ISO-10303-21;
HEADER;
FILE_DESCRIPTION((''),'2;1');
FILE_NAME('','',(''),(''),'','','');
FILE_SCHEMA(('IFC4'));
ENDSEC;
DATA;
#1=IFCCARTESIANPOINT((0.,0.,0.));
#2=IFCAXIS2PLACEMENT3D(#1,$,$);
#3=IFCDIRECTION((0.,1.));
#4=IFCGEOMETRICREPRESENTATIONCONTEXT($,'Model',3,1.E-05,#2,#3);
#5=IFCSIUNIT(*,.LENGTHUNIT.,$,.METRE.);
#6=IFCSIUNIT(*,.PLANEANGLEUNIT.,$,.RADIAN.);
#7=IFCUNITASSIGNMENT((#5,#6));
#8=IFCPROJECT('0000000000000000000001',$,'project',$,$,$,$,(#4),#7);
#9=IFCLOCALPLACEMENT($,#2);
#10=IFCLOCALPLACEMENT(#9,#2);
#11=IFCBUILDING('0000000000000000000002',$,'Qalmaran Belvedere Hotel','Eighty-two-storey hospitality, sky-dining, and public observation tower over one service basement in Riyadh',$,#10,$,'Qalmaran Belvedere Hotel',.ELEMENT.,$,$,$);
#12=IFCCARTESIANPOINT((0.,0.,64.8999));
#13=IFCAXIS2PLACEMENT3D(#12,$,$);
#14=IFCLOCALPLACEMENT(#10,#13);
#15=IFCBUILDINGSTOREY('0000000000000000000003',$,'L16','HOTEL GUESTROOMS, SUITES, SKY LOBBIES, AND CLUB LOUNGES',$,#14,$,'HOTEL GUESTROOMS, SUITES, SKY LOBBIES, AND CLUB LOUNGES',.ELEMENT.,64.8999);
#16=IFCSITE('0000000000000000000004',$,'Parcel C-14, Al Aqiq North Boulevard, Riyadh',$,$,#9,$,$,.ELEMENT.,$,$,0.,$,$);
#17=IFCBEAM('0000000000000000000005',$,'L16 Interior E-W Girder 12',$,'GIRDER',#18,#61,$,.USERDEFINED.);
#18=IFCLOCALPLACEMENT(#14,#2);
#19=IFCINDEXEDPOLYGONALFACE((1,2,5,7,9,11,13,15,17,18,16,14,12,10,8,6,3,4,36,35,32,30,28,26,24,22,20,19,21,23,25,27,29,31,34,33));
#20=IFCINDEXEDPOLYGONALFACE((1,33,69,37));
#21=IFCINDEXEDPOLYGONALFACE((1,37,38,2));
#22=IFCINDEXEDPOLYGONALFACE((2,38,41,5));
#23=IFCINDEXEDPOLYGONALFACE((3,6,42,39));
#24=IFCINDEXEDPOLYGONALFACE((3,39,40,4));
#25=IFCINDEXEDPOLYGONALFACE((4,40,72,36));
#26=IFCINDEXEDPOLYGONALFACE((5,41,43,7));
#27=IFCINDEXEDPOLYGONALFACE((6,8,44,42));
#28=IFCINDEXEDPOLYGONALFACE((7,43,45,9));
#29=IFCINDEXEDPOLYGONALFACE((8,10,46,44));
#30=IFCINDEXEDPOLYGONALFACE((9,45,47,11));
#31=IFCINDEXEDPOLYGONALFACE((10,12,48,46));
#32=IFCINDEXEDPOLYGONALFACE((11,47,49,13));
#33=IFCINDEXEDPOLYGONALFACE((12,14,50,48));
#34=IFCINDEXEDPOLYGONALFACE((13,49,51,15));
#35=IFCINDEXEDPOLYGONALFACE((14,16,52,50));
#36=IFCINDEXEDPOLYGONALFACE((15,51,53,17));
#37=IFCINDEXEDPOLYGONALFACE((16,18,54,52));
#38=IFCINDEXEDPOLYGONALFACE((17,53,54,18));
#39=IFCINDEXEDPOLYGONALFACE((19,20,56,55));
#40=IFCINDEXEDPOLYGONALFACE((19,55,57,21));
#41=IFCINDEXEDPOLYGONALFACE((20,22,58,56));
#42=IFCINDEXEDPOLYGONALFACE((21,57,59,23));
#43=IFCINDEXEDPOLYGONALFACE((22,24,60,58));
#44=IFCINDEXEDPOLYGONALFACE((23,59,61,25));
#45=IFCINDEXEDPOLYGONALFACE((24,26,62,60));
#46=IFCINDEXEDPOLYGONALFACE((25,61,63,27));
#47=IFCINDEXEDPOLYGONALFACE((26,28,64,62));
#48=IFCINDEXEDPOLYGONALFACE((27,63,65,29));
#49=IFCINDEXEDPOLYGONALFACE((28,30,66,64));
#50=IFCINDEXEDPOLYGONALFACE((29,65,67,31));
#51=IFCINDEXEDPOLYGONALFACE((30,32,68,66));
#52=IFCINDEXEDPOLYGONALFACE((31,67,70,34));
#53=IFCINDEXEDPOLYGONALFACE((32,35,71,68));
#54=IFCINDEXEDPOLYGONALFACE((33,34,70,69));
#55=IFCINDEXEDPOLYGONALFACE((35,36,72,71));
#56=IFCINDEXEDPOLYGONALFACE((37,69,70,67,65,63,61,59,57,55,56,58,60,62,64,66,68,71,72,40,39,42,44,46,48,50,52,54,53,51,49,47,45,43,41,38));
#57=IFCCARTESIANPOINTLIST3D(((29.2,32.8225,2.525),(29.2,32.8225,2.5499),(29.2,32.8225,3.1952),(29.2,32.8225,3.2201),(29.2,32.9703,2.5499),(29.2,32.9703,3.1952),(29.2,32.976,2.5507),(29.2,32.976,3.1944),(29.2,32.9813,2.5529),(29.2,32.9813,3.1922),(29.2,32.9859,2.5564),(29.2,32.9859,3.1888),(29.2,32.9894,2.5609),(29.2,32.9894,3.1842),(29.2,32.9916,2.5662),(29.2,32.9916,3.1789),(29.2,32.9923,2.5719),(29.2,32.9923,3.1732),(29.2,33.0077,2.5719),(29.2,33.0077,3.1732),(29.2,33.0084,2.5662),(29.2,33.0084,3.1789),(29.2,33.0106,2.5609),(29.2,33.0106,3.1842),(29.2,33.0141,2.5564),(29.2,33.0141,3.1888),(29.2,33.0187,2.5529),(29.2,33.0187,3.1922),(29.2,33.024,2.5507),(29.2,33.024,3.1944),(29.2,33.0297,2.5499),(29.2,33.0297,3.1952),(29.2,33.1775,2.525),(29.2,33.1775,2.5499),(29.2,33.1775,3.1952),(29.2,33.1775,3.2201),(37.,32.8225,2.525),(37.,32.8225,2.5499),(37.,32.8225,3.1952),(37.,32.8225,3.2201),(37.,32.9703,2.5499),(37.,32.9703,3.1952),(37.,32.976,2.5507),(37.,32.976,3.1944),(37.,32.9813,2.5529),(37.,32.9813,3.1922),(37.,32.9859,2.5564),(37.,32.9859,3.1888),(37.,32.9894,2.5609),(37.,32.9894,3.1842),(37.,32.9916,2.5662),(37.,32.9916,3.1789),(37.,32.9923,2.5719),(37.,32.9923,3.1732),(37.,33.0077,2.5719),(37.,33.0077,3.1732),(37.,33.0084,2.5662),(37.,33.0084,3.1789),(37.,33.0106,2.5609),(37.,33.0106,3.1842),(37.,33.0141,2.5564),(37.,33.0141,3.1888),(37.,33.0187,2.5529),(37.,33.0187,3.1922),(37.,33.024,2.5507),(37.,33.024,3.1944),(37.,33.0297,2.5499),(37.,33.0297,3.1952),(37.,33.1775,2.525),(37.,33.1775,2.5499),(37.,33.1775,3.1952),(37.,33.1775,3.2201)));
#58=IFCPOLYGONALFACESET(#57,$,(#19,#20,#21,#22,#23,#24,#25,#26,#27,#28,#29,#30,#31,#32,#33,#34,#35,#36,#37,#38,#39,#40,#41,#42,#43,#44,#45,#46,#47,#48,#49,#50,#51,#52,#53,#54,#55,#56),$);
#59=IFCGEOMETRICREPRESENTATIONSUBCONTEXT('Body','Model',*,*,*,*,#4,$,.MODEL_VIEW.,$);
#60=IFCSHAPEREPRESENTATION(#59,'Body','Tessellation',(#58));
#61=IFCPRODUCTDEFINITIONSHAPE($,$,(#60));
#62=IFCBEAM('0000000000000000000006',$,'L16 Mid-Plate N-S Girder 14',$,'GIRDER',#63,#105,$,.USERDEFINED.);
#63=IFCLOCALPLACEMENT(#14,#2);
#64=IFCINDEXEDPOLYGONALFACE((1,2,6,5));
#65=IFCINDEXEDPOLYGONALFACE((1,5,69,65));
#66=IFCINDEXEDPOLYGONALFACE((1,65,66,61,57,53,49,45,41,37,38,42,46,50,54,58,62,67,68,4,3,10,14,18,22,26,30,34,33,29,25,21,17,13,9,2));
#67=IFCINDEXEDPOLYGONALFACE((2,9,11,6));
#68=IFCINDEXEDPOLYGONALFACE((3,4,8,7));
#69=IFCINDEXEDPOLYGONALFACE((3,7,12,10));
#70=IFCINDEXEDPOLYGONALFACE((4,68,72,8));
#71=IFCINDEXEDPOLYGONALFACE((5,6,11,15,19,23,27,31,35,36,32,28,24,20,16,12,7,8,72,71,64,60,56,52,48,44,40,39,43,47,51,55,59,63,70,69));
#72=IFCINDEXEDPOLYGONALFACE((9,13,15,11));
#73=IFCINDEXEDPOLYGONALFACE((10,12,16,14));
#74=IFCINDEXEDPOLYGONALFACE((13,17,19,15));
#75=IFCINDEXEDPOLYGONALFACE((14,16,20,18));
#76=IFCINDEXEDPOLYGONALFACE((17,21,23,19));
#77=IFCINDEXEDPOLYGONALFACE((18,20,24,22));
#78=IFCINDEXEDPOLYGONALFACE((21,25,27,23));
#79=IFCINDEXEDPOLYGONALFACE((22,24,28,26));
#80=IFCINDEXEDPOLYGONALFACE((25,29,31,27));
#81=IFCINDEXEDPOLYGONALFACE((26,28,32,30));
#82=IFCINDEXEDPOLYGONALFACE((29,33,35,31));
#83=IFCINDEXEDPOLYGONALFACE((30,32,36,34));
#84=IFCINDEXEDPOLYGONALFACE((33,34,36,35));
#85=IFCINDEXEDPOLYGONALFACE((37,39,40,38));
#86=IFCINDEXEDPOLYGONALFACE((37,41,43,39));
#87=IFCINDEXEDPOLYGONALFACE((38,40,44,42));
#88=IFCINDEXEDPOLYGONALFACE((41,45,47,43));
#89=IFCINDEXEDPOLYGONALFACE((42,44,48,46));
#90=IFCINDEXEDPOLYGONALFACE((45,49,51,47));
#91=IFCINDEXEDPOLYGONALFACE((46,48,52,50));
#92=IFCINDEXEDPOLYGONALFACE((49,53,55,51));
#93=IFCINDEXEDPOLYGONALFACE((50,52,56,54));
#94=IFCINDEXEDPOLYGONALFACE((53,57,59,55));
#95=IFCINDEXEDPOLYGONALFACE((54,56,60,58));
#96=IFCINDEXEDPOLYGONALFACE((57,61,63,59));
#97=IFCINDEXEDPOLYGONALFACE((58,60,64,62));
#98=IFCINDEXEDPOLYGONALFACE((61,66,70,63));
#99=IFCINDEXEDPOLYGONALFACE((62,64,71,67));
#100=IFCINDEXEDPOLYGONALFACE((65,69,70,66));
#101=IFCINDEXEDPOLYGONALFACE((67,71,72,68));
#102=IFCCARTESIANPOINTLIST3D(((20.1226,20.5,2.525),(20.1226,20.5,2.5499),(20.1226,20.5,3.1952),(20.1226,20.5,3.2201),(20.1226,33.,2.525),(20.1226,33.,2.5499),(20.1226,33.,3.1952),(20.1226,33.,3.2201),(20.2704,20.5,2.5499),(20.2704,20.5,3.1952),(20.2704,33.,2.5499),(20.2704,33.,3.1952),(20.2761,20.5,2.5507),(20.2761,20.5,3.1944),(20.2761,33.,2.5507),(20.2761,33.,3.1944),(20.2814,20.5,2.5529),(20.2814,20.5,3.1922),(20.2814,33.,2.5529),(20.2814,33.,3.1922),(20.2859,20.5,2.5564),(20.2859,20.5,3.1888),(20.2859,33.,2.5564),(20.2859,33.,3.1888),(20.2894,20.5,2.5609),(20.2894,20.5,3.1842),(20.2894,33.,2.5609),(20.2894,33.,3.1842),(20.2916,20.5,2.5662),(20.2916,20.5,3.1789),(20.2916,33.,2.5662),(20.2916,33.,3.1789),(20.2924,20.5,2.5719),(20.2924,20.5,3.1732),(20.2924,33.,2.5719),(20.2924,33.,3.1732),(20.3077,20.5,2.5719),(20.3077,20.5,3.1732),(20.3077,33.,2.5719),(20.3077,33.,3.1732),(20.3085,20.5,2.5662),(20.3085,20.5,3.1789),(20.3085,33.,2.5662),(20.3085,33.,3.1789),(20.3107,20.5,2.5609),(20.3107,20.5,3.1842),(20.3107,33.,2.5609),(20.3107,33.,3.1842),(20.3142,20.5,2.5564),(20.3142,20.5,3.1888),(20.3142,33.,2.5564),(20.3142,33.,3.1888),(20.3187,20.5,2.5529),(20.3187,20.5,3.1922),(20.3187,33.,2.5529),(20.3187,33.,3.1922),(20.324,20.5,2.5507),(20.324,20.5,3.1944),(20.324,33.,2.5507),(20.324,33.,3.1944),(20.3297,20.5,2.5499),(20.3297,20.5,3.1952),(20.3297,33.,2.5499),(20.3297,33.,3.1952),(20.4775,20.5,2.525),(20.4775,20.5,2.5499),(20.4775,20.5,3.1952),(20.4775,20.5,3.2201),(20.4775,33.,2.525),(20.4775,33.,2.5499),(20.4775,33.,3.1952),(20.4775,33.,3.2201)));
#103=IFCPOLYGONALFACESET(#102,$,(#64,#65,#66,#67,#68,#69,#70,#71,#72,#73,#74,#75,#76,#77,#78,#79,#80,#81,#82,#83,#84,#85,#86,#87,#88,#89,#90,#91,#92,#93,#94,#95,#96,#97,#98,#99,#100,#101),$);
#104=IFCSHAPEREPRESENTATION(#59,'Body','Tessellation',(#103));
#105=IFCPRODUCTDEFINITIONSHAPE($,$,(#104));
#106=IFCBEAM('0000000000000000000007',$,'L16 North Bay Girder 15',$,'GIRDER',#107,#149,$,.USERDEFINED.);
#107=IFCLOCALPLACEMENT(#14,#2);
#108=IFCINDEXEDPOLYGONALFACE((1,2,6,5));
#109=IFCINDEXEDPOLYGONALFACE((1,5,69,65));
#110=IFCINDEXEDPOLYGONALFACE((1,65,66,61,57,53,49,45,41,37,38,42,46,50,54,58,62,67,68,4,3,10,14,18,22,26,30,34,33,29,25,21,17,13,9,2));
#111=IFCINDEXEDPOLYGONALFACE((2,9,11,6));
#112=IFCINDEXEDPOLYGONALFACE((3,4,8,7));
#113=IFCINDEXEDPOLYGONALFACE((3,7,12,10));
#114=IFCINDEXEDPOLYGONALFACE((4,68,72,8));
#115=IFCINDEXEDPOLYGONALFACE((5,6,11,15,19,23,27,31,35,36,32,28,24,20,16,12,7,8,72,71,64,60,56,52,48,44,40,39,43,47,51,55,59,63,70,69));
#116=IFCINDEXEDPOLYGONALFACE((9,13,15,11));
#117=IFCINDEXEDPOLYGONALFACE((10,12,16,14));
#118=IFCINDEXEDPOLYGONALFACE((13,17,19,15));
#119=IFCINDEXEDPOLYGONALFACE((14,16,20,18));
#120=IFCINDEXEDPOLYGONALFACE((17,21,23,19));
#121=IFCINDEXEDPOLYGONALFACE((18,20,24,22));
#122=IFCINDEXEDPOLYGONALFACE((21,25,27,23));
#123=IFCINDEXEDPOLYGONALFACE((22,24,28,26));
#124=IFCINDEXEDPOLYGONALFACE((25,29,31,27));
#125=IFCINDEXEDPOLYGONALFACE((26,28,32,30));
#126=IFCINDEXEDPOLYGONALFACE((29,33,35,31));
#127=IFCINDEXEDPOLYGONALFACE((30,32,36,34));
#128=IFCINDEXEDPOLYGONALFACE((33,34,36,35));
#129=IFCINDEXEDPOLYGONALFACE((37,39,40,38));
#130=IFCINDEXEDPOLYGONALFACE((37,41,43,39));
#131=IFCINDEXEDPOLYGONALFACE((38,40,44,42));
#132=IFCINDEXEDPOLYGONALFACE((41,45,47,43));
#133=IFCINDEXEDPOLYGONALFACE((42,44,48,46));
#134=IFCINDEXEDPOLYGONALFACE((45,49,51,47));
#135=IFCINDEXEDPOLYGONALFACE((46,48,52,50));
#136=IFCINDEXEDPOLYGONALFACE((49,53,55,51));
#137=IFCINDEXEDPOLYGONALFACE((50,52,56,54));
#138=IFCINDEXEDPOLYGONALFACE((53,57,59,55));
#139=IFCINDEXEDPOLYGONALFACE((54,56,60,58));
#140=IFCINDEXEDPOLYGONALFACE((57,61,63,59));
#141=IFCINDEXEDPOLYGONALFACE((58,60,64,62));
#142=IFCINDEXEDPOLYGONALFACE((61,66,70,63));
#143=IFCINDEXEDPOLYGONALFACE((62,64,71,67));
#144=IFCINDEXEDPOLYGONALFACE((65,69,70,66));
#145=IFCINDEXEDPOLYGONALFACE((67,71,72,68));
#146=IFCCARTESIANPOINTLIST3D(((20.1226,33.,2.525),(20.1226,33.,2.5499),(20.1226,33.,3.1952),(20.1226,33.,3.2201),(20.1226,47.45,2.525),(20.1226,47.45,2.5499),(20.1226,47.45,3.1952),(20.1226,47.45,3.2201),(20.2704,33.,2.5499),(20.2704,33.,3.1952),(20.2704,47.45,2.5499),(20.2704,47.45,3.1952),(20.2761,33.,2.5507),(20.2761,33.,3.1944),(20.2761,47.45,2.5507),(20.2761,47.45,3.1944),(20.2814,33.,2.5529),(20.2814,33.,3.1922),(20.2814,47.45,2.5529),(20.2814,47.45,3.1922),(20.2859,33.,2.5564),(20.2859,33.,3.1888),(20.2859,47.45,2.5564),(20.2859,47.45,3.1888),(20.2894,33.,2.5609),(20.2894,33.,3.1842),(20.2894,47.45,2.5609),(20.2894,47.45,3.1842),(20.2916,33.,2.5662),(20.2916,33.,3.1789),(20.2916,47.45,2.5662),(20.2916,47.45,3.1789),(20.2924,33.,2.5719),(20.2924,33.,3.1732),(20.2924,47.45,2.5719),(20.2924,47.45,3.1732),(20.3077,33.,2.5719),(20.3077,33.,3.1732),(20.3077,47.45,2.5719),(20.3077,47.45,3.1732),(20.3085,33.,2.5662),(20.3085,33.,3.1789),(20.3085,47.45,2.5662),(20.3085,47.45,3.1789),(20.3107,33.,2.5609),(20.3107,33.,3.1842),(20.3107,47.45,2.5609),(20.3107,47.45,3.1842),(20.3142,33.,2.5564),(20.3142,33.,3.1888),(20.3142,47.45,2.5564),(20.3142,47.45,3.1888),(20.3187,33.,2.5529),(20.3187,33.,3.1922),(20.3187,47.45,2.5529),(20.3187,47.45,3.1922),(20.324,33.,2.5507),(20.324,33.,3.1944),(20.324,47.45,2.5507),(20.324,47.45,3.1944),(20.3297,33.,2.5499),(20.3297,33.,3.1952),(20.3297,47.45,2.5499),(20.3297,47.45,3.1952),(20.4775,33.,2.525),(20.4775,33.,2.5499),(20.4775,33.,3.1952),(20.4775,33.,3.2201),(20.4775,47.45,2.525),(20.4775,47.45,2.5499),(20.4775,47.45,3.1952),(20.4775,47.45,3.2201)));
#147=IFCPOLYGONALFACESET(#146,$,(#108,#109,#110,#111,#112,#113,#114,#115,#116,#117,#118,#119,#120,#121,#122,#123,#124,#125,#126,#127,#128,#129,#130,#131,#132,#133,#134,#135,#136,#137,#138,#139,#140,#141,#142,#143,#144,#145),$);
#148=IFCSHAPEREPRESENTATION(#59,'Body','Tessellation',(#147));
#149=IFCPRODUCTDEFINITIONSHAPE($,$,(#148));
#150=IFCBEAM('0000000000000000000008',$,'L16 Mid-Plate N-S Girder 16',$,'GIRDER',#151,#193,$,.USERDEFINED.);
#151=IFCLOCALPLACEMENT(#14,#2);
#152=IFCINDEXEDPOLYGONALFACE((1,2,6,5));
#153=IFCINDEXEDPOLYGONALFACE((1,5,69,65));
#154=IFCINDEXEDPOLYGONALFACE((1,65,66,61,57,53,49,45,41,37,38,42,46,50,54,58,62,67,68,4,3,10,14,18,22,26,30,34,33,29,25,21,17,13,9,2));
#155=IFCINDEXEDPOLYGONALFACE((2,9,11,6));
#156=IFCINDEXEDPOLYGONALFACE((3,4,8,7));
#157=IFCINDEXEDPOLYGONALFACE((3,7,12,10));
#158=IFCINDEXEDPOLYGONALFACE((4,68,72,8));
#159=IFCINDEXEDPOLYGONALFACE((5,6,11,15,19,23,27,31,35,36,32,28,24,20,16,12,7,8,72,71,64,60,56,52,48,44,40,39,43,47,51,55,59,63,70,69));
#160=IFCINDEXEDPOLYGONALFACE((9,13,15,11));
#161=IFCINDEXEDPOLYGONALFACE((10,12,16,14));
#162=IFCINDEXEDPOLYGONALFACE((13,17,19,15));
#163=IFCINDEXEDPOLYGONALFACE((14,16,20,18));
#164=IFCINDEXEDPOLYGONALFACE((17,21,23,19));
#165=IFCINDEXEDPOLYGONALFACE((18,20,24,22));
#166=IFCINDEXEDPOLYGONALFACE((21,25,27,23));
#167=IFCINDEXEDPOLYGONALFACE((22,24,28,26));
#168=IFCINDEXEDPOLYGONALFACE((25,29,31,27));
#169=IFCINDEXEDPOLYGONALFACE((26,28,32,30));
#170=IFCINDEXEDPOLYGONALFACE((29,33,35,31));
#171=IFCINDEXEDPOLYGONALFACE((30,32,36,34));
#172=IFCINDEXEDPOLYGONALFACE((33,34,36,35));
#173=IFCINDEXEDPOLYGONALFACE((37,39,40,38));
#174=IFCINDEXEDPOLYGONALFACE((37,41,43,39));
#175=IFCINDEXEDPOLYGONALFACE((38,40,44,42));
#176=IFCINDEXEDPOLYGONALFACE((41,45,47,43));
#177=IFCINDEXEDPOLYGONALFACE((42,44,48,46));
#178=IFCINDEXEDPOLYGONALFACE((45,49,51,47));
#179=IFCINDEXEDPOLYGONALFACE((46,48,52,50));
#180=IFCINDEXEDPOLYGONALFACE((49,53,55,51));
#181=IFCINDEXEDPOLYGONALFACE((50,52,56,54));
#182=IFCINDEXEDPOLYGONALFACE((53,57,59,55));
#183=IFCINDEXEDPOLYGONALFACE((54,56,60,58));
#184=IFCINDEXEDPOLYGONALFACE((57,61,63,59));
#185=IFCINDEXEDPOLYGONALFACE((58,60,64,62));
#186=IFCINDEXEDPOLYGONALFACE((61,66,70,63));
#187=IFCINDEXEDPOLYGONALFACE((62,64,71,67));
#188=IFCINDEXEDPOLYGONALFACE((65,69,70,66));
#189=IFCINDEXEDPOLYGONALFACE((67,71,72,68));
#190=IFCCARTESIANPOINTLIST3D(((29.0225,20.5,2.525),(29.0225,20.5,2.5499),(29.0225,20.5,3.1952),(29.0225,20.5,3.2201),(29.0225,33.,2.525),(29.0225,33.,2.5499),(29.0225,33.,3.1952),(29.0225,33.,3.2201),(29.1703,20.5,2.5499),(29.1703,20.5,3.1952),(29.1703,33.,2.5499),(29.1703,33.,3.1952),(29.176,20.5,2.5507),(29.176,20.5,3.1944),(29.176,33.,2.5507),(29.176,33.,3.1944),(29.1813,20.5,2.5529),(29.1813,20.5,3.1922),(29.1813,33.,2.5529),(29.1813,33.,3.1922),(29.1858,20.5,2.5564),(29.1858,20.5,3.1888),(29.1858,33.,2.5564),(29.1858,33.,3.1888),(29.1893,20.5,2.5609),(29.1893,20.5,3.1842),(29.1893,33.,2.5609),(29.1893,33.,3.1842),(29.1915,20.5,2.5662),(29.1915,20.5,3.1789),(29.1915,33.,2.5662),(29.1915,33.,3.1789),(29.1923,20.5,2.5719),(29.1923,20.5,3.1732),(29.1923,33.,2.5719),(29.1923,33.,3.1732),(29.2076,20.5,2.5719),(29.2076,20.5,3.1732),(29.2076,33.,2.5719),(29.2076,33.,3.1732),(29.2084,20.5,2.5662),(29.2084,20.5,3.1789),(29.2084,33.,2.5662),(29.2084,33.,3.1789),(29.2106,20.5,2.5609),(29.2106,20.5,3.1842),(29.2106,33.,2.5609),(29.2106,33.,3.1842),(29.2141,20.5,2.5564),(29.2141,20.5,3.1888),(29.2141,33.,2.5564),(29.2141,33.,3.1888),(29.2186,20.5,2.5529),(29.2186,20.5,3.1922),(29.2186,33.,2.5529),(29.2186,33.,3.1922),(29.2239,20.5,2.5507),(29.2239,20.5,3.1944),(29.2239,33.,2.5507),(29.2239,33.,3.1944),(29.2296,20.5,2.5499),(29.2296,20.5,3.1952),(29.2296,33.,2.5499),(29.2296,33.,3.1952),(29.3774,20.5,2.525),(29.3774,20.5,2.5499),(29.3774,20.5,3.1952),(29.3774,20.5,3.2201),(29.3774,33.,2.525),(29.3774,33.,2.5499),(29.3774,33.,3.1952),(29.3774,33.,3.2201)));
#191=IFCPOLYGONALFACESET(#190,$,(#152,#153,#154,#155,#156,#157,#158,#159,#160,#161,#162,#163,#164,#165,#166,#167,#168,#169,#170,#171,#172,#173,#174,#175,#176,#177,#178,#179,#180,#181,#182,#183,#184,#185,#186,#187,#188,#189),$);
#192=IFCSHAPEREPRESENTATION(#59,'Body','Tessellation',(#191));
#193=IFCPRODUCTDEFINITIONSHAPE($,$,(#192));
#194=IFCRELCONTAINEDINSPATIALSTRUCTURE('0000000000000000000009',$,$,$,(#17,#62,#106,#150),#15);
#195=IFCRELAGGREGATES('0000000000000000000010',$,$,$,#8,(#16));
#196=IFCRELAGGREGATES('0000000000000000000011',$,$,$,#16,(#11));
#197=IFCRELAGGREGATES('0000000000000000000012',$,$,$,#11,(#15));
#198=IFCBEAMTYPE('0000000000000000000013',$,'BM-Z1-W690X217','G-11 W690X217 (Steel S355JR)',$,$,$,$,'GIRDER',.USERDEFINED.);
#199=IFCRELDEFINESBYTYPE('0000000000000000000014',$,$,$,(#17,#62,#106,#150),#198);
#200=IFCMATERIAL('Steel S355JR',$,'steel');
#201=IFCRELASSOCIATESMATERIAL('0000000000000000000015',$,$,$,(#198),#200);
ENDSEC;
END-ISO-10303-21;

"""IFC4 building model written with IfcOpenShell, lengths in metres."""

from ifc_helpers import new_model, si_unit, direction, frame, origin, origin_2d, place, context, subcontext, project, spatial, i_section, extrude, material, material_profile, profile_set, type_object, element, save


model = new_model("IFC4")

# Units and contexts
model_context = context("Model", 3, precision=1e-05, world=origin(), true_north=direction((0.0, 1.0)))
body_context = subcontext(model_context, "Body", "Model", "MODEL_VIEW")
ifc_project = project(units=[si_unit("LENGTHUNIT", "METRE"), si_unit("PLANEANGLEUNIT", "RADIAN")], contexts=[model_context])

# Site, building, storey
site_placement = place(None, origin())
site = spatial("IfcSite", under=ifc_project, at=site_placement, Name="Parcel C-14, Al Aqiq North Boulevard, Riyadh", CompositionType="ELEMENT", RefElevation=0.0)
building_placement = place(site_placement, origin())
building = spatial("IfcBuilding", under=site, at=building_placement, Name="Qalmaran Belvedere Hotel", Description="Eighty-two-storey hospitality, sky-dining, and public observation tower over one service basement in Riyadh", LongName="Qalmaran Belvedere Hotel", CompositionType="ELEMENT")
storey_placement = place(building_placement, frame((0.0, 0.0, 64.8999)))
storey = spatial("IfcBuildingStorey", under=building, at=storey_placement, Name="L16", Description="HOTEL GUESTROOMS, SUITES, SKY LOBBIES, AND CLUB LOUNGES", LongName="HOTEL GUESTROOMS, SUITES, SKY LOBBIES, AND CLUB LOUNGES", CompositionType="ELEMENT", Elevation=64.8999)

# Beams
ifc_material_1 = material(Name="Steel S355JR", Category="steel")
ifc_material_profile_1 = material_profile(ifc_material_1, i_section(OverallWidth=0.355, OverallDepth=0.6951, WebThickness=0.0154, FlangeThickness=0.0249, FilletRadius=0.022, at=origin_2d()), Name="W690X217")
ifc_profile_set_1 = profile_set([ifc_material_profile_1], Name="Steel S355JR")
beam_type_1 = type_object("IfcBeamType", Name="BM-Z1-W690X217", Description="G-11 W690X217 (Steel S355JR)", ElementType="GIRDER", PredefinedType="USERDEFINED", material=ifc_profile_set_1)
beam_1_placement = place(storey_placement, frame((29.2, 33.0, 2.8726), z_axis=(1.0, 0.0, 0.0), x_axis=(0.0, 1.0, 0.0)))
element("IfcBeam", 1, at=beam_1_placement, inside=storey, type_object=beam_type_1, Name="L16 Interior E-W Girder 12", ObjectType="GIRDER", PredefinedType="USERDEFINED", context=body_context, shape_type="SweptSolid", body=[
    extrude(i_section(OverallWidth=0.355, OverallDepth=0.6951, WebThickness=0.0154, FlangeThickness=0.0249, FilletRadius=0.022, at=origin_2d()), origin(), (0.0, 0.0, 1.0), 7.8),
])
beam_2_placement = place(storey_placement, frame((20.3, 20.5, 2.8726), z_axis=(0.0, 1.0, 0.0), x_axis=(-1.0, 0.0, 0.0)))
element("IfcBeam", 2, at=beam_2_placement, inside=storey, type_object=beam_type_1, Name="L16 Mid-Plate N-S Girder 14", ObjectType="GIRDER", PredefinedType="USERDEFINED", context=body_context, shape_type="SweptSolid", body=[
    extrude(i_section(OverallWidth=0.355, OverallDepth=0.6951, WebThickness=0.0154, FlangeThickness=0.0249, FilletRadius=0.022, at=origin_2d()), origin(), (0.0, 0.0, 1.0), 12.5),
])
beam_3_placement = place(storey_placement, frame((20.3, 33.0, 2.8726), z_axis=(0.0, 1.0, 0.0), x_axis=(-1.0, 0.0, 0.0)))
element("IfcBeam", 3, at=beam_3_placement, inside=storey, type_object=beam_type_1, Name="L16 North Bay Girder 15", ObjectType="GIRDER", PredefinedType="USERDEFINED", context=body_context, shape_type="SweptSolid", body=[
    extrude(i_section(OverallWidth=0.355, OverallDepth=0.6951, WebThickness=0.0154, FlangeThickness=0.0249, FilletRadius=0.022, at=origin_2d()), origin(), (0.0, 0.0, 1.0), 14.45),
])
beam_4_placement = place(storey_placement, frame((29.2, 20.5, 2.8726), z_axis=(0.0, 1.0, 0.0), x_axis=(-1.0, 0.0, 0.0)))
element("IfcBeam", 4, at=beam_4_placement, inside=storey, type_object=beam_type_1, Name="L16 Mid-Plate N-S Girder 16", ObjectType="GIRDER", PredefinedType="USERDEFINED", context=body_context, shape_type="SweptSolid", body=[
    extrude(i_section(OverallWidth=0.355, OverallDepth=0.6951, WebThickness=0.0154, FlangeThickness=0.0249, FilletRadius=0.022, at=origin_2d()), origin(), (0.0, 0.0, 1.0), 12.5),
])

save(model, "model.ifc")
